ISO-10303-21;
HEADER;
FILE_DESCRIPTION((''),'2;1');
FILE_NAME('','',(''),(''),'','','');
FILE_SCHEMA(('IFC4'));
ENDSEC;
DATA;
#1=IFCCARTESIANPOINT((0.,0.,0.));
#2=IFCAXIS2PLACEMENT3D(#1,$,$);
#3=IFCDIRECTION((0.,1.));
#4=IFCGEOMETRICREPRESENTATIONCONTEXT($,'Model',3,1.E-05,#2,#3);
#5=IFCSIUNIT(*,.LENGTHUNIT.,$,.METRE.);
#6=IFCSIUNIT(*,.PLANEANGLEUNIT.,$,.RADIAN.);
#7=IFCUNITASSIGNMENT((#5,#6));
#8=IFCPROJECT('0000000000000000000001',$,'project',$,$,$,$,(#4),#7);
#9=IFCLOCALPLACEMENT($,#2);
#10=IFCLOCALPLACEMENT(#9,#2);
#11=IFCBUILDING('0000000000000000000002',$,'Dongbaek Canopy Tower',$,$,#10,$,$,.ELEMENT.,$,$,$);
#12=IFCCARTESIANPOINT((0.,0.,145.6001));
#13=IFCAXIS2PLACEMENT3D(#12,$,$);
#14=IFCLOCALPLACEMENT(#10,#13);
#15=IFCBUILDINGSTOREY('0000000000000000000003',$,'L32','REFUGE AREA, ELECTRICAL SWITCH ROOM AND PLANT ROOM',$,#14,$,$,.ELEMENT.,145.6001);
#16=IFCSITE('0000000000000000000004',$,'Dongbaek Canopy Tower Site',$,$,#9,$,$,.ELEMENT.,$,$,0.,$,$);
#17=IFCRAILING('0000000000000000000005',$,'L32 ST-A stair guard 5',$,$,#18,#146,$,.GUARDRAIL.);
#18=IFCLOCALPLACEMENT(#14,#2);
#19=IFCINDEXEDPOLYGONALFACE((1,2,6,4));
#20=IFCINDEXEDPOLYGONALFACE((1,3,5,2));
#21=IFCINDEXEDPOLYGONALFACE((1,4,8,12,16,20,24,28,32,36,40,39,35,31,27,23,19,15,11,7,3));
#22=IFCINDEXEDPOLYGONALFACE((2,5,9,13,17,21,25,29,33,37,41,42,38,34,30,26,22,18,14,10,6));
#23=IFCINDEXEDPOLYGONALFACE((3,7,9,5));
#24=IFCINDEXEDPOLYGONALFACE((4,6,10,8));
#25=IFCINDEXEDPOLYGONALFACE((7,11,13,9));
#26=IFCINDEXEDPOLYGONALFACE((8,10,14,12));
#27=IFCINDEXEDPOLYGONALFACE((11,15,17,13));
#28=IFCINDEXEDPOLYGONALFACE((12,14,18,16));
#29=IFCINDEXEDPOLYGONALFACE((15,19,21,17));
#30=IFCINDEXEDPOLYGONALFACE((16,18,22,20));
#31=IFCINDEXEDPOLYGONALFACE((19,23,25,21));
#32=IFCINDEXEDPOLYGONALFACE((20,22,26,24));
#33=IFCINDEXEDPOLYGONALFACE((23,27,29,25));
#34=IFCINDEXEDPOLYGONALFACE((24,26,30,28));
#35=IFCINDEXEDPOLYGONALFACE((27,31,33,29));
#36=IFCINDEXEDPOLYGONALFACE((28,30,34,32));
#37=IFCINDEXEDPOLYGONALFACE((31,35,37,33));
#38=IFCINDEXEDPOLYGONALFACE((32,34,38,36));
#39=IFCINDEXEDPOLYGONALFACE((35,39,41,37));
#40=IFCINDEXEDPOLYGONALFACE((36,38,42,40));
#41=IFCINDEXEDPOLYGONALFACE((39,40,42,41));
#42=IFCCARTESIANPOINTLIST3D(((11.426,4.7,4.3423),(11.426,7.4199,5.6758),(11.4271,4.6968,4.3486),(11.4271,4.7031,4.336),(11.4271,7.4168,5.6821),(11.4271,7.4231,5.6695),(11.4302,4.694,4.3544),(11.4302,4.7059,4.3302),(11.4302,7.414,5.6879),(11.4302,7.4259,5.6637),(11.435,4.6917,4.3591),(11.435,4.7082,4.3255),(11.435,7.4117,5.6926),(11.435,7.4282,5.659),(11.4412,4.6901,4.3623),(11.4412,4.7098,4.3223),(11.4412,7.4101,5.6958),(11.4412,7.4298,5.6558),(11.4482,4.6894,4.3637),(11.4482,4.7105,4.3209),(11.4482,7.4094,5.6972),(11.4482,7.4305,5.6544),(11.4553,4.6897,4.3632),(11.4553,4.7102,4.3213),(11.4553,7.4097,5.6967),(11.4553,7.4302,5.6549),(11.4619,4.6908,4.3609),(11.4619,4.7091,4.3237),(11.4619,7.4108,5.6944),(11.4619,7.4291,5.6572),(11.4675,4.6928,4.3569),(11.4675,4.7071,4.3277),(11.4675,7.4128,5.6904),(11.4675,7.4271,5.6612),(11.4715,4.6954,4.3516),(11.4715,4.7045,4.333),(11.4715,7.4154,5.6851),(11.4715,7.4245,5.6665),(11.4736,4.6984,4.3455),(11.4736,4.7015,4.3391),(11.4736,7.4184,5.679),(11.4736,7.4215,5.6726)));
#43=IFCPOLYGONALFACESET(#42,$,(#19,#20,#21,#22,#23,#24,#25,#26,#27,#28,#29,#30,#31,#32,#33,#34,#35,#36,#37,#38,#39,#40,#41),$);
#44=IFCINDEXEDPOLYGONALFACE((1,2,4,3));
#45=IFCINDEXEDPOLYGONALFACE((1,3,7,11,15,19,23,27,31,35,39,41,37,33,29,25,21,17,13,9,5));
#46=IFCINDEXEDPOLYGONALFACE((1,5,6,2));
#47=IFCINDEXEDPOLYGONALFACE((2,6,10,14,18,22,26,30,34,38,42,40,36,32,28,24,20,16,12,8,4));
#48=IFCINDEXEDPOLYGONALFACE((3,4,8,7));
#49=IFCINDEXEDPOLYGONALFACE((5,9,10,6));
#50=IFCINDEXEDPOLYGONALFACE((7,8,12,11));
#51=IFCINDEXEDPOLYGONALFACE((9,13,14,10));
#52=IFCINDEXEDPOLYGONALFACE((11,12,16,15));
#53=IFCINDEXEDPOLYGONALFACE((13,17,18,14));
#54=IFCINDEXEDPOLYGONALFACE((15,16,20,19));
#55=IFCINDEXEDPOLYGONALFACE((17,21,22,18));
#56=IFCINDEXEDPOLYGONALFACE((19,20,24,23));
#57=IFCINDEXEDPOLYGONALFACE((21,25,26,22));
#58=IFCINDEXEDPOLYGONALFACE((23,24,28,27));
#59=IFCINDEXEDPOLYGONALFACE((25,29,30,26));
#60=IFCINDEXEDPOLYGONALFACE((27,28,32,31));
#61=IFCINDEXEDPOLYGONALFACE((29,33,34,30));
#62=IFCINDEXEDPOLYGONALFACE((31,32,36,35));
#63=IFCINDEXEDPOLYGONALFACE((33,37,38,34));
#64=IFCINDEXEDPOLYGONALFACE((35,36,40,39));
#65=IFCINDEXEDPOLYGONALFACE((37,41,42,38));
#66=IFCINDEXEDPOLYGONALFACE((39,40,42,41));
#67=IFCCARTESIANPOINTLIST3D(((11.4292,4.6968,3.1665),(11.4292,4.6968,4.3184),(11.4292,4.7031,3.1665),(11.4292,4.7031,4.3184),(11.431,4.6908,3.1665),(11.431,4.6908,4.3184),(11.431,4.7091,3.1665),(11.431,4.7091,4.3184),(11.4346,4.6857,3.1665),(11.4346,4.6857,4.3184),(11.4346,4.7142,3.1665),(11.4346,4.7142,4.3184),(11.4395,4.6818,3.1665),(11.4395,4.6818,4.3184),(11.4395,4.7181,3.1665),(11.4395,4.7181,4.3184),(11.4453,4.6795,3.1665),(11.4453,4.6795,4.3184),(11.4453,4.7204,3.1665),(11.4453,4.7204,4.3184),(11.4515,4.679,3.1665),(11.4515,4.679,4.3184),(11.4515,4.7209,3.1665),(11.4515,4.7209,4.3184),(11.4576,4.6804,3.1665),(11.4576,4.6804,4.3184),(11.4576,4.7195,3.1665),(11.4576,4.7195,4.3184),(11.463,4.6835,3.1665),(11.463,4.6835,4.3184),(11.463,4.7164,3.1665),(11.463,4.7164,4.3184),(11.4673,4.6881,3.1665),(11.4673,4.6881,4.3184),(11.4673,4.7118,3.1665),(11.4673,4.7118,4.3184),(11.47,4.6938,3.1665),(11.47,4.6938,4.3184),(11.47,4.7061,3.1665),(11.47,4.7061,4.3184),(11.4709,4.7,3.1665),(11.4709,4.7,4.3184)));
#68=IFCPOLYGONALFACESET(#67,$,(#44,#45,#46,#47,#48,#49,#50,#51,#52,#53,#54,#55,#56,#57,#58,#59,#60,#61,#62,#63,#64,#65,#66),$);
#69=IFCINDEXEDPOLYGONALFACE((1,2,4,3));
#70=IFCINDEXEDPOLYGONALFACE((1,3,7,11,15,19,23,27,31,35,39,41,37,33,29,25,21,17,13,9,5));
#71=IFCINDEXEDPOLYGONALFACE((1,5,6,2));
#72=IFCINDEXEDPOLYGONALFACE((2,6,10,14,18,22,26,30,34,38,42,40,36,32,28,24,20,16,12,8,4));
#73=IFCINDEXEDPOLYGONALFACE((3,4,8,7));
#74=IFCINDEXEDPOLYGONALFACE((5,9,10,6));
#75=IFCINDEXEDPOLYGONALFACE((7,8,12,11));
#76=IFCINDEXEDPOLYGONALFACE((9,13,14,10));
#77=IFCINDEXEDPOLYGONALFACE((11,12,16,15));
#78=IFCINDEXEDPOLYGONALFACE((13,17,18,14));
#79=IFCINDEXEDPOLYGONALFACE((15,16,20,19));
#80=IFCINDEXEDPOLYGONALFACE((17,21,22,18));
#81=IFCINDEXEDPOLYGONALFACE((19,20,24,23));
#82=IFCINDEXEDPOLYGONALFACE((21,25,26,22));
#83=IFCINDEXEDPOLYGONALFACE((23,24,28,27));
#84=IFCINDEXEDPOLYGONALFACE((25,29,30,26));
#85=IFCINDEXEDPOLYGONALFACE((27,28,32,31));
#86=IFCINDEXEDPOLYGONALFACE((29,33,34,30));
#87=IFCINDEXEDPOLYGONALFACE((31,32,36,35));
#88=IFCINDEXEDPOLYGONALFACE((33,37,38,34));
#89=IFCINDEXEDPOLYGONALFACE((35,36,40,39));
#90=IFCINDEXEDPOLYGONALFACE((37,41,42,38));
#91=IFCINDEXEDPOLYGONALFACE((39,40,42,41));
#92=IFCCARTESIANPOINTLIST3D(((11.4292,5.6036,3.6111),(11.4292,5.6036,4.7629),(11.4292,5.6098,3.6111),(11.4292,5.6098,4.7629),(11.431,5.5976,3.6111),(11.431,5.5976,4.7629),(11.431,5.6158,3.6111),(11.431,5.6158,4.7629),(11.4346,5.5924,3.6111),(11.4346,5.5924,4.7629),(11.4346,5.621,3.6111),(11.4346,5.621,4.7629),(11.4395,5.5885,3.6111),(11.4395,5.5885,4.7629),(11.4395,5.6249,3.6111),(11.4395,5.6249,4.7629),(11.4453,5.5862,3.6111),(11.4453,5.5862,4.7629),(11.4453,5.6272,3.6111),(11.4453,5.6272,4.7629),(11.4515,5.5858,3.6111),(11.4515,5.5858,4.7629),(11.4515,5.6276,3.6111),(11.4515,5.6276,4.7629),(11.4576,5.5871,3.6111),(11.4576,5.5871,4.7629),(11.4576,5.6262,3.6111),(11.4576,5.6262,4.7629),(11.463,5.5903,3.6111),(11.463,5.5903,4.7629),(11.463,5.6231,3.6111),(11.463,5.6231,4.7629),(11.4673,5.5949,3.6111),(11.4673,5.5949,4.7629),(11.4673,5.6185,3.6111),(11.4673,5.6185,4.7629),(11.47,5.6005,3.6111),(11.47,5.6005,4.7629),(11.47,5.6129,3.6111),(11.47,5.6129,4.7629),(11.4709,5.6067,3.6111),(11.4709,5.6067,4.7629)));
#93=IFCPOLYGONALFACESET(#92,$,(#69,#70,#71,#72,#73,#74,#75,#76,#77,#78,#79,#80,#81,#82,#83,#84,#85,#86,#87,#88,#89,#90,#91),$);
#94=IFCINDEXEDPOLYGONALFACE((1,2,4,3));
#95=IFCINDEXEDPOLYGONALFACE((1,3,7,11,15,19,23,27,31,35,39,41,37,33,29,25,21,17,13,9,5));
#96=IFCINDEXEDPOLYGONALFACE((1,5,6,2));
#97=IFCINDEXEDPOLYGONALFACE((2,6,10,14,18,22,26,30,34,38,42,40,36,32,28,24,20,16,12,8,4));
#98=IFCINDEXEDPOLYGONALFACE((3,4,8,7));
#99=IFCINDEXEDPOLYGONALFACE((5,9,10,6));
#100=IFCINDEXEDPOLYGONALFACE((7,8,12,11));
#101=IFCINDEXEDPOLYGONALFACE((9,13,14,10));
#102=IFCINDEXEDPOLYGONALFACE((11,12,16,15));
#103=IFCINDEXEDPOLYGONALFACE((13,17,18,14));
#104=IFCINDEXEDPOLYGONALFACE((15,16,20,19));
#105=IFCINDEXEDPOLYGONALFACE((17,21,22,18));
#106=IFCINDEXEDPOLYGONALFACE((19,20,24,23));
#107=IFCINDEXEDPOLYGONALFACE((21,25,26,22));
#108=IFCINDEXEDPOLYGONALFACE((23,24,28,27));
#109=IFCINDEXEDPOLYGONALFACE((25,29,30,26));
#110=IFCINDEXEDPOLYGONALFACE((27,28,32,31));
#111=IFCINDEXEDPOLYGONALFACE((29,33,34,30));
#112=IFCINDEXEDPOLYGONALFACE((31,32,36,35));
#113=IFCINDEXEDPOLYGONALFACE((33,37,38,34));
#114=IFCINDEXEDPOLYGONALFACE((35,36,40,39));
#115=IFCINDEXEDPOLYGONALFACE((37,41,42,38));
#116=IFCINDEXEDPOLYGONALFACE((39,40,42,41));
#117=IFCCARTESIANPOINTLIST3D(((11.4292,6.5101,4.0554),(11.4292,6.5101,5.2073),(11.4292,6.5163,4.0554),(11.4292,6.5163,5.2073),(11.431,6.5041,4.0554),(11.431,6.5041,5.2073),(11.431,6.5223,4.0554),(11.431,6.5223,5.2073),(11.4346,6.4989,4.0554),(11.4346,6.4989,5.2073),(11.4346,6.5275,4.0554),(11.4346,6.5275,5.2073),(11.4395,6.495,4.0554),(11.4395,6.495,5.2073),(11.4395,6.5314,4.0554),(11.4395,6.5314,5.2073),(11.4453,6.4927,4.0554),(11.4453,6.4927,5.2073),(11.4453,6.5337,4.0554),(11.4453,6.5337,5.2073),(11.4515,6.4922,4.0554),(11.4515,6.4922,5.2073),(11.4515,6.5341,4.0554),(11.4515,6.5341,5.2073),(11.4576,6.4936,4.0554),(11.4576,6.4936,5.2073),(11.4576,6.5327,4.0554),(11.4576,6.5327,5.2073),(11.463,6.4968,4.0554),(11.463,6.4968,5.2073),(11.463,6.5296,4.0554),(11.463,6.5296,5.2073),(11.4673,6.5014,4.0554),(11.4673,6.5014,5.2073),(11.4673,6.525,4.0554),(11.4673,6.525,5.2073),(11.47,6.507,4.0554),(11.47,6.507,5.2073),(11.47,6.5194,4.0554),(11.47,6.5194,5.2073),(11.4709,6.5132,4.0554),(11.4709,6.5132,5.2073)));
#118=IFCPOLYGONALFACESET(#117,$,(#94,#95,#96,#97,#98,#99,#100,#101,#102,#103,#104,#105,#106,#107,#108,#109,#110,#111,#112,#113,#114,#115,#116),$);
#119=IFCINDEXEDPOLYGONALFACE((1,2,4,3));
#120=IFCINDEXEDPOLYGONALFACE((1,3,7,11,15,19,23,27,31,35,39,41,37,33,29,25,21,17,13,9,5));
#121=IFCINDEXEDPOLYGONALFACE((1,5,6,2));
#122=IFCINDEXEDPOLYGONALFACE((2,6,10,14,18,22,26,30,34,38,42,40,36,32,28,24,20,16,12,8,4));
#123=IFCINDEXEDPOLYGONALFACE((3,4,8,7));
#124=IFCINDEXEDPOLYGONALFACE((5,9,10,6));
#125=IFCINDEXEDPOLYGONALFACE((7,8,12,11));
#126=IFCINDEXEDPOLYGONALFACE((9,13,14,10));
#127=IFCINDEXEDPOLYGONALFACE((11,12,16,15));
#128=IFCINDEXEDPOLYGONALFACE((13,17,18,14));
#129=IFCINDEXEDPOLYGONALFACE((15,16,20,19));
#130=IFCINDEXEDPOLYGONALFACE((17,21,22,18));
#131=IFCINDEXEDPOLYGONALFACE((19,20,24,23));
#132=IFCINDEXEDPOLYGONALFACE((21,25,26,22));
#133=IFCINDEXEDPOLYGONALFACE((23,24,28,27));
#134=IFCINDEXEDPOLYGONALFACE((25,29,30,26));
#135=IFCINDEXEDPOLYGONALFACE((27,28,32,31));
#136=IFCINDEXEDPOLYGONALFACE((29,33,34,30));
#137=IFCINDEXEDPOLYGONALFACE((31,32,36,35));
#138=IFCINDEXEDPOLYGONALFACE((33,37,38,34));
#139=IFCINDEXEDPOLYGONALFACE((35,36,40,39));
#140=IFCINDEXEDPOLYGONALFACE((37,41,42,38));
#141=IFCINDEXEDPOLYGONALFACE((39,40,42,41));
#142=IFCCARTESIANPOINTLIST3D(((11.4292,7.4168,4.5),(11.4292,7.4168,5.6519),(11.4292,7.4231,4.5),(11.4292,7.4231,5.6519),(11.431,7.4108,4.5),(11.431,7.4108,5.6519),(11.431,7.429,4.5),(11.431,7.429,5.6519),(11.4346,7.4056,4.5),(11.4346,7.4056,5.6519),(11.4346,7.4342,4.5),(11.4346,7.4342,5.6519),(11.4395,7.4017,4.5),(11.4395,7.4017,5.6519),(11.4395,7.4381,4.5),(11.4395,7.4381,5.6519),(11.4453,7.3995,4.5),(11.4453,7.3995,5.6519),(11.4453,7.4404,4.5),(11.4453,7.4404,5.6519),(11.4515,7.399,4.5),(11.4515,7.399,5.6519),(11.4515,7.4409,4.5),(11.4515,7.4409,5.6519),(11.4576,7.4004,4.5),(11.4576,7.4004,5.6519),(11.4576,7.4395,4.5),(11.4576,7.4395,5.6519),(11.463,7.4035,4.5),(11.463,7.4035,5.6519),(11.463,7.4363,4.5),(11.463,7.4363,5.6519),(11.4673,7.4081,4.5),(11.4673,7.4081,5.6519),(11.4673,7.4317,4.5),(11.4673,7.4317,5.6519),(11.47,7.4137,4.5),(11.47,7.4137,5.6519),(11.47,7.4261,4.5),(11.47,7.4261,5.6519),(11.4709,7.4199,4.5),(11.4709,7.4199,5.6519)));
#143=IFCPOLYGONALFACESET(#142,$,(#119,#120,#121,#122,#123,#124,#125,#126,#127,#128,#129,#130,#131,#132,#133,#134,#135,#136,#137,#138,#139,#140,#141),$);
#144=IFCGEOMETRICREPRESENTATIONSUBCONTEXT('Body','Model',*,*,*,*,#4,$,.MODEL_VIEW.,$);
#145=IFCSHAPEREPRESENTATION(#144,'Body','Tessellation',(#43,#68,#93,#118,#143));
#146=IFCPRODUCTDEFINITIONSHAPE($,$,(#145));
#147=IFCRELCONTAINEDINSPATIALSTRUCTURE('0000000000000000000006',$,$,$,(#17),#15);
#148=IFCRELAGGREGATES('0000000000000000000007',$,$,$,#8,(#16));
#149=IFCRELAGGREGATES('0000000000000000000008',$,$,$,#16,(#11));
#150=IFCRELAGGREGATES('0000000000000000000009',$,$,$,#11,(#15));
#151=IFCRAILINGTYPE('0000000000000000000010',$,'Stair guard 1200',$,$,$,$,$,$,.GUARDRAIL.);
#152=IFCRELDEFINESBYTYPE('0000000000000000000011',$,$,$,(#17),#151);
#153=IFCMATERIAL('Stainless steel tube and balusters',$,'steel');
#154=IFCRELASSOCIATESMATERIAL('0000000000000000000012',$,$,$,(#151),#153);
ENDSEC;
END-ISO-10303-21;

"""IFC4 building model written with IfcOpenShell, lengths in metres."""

from ifc_helpers import new_model, si_unit, direction, frame, origin, origin_2d, place, context, subcontext, project, spatial, circle, extrude, material, type_object, element, save


model = new_model("IFC4")

# Units and contexts
model_context = context("Model", 3, precision=1e-05, world=origin(), true_north=direction((0.0, 1.0)))
body_context = subcontext(model_context, "Body", "Model", "MODEL_VIEW")
ifc_project = project(units=[si_unit("LENGTHUNIT", "METRE"), si_unit("PLANEANGLEUNIT", "RADIAN")], contexts=[model_context])

# Site, building, storey
site_placement = place(None, origin())
site = spatial("IfcSite", under=ifc_project, at=site_placement, Name="Dongbaek Canopy Tower Site", CompositionType="ELEMENT", RefElevation=0.0)
building_placement = place(site_placement, origin())
building = spatial("IfcBuilding", under=site, at=building_placement, Name="Dongbaek Canopy Tower", CompositionType="ELEMENT")
storey_placement = place(building_placement, frame((0.0, 0.0, 145.6001)))
storey = spatial("IfcBuildingStorey", under=building, at=storey_placement, Name="L32", Description="REFUGE AREA, ELECTRICAL SWITCH ROOM AND PLANT ROOM", CompositionType="ELEMENT", Elevation=145.6001)

# Railing
ifc_material_1 = material(Name="Stainless steel tube and balusters", Category="steel")
railing_type_1 = type_object("IfcRailingType", Name="Stair guard 1200", PredefinedType="GUARDRAIL", material=ifc_material_1)
railing_1_placement = place(storey_placement, frame((11.45, 4.7, 3.1665)))
element("IfcRailing", 1, at=railing_1_placement, inside=storey, type_object=railing_type_1, Name="L32 ST-A stair guard 5", PredefinedType="GUARDRAIL", context=body_context, shape_type="SweptSolid", body=[
    extrude(circle(Radius=0.0239, at=origin_2d()), frame((0.0, 0.0, 1.1758), z_axis=(0.0, 0.897898, 0.440204), x_axis=(-1.0, 0.0, 0.0)), (0.0, 0.0, 1.0), 3.0293),
    extrude(circle(Radius=0.021, at=origin_2d()), origin(), (0.0, 0.0, 1.0), 1.1519),
    extrude(circle(Radius=0.021, at=origin_2d()), frame((0.0, 0.9067, 0.4446)), (0.0, 0.0, 1.0), 1.1519),
    extrude(circle(Radius=0.021, at=origin_2d()), frame((0.0, 1.8132, 0.8889)), (0.0, 0.0, 1.0), 1.1519),
    extrude(circle(Radius=0.021, at=origin_2d()), frame((0.0, 2.72, 1.3335)), (0.0, 0.0, 1.0), 1.1519),
])

save(model, "model.ifc")
